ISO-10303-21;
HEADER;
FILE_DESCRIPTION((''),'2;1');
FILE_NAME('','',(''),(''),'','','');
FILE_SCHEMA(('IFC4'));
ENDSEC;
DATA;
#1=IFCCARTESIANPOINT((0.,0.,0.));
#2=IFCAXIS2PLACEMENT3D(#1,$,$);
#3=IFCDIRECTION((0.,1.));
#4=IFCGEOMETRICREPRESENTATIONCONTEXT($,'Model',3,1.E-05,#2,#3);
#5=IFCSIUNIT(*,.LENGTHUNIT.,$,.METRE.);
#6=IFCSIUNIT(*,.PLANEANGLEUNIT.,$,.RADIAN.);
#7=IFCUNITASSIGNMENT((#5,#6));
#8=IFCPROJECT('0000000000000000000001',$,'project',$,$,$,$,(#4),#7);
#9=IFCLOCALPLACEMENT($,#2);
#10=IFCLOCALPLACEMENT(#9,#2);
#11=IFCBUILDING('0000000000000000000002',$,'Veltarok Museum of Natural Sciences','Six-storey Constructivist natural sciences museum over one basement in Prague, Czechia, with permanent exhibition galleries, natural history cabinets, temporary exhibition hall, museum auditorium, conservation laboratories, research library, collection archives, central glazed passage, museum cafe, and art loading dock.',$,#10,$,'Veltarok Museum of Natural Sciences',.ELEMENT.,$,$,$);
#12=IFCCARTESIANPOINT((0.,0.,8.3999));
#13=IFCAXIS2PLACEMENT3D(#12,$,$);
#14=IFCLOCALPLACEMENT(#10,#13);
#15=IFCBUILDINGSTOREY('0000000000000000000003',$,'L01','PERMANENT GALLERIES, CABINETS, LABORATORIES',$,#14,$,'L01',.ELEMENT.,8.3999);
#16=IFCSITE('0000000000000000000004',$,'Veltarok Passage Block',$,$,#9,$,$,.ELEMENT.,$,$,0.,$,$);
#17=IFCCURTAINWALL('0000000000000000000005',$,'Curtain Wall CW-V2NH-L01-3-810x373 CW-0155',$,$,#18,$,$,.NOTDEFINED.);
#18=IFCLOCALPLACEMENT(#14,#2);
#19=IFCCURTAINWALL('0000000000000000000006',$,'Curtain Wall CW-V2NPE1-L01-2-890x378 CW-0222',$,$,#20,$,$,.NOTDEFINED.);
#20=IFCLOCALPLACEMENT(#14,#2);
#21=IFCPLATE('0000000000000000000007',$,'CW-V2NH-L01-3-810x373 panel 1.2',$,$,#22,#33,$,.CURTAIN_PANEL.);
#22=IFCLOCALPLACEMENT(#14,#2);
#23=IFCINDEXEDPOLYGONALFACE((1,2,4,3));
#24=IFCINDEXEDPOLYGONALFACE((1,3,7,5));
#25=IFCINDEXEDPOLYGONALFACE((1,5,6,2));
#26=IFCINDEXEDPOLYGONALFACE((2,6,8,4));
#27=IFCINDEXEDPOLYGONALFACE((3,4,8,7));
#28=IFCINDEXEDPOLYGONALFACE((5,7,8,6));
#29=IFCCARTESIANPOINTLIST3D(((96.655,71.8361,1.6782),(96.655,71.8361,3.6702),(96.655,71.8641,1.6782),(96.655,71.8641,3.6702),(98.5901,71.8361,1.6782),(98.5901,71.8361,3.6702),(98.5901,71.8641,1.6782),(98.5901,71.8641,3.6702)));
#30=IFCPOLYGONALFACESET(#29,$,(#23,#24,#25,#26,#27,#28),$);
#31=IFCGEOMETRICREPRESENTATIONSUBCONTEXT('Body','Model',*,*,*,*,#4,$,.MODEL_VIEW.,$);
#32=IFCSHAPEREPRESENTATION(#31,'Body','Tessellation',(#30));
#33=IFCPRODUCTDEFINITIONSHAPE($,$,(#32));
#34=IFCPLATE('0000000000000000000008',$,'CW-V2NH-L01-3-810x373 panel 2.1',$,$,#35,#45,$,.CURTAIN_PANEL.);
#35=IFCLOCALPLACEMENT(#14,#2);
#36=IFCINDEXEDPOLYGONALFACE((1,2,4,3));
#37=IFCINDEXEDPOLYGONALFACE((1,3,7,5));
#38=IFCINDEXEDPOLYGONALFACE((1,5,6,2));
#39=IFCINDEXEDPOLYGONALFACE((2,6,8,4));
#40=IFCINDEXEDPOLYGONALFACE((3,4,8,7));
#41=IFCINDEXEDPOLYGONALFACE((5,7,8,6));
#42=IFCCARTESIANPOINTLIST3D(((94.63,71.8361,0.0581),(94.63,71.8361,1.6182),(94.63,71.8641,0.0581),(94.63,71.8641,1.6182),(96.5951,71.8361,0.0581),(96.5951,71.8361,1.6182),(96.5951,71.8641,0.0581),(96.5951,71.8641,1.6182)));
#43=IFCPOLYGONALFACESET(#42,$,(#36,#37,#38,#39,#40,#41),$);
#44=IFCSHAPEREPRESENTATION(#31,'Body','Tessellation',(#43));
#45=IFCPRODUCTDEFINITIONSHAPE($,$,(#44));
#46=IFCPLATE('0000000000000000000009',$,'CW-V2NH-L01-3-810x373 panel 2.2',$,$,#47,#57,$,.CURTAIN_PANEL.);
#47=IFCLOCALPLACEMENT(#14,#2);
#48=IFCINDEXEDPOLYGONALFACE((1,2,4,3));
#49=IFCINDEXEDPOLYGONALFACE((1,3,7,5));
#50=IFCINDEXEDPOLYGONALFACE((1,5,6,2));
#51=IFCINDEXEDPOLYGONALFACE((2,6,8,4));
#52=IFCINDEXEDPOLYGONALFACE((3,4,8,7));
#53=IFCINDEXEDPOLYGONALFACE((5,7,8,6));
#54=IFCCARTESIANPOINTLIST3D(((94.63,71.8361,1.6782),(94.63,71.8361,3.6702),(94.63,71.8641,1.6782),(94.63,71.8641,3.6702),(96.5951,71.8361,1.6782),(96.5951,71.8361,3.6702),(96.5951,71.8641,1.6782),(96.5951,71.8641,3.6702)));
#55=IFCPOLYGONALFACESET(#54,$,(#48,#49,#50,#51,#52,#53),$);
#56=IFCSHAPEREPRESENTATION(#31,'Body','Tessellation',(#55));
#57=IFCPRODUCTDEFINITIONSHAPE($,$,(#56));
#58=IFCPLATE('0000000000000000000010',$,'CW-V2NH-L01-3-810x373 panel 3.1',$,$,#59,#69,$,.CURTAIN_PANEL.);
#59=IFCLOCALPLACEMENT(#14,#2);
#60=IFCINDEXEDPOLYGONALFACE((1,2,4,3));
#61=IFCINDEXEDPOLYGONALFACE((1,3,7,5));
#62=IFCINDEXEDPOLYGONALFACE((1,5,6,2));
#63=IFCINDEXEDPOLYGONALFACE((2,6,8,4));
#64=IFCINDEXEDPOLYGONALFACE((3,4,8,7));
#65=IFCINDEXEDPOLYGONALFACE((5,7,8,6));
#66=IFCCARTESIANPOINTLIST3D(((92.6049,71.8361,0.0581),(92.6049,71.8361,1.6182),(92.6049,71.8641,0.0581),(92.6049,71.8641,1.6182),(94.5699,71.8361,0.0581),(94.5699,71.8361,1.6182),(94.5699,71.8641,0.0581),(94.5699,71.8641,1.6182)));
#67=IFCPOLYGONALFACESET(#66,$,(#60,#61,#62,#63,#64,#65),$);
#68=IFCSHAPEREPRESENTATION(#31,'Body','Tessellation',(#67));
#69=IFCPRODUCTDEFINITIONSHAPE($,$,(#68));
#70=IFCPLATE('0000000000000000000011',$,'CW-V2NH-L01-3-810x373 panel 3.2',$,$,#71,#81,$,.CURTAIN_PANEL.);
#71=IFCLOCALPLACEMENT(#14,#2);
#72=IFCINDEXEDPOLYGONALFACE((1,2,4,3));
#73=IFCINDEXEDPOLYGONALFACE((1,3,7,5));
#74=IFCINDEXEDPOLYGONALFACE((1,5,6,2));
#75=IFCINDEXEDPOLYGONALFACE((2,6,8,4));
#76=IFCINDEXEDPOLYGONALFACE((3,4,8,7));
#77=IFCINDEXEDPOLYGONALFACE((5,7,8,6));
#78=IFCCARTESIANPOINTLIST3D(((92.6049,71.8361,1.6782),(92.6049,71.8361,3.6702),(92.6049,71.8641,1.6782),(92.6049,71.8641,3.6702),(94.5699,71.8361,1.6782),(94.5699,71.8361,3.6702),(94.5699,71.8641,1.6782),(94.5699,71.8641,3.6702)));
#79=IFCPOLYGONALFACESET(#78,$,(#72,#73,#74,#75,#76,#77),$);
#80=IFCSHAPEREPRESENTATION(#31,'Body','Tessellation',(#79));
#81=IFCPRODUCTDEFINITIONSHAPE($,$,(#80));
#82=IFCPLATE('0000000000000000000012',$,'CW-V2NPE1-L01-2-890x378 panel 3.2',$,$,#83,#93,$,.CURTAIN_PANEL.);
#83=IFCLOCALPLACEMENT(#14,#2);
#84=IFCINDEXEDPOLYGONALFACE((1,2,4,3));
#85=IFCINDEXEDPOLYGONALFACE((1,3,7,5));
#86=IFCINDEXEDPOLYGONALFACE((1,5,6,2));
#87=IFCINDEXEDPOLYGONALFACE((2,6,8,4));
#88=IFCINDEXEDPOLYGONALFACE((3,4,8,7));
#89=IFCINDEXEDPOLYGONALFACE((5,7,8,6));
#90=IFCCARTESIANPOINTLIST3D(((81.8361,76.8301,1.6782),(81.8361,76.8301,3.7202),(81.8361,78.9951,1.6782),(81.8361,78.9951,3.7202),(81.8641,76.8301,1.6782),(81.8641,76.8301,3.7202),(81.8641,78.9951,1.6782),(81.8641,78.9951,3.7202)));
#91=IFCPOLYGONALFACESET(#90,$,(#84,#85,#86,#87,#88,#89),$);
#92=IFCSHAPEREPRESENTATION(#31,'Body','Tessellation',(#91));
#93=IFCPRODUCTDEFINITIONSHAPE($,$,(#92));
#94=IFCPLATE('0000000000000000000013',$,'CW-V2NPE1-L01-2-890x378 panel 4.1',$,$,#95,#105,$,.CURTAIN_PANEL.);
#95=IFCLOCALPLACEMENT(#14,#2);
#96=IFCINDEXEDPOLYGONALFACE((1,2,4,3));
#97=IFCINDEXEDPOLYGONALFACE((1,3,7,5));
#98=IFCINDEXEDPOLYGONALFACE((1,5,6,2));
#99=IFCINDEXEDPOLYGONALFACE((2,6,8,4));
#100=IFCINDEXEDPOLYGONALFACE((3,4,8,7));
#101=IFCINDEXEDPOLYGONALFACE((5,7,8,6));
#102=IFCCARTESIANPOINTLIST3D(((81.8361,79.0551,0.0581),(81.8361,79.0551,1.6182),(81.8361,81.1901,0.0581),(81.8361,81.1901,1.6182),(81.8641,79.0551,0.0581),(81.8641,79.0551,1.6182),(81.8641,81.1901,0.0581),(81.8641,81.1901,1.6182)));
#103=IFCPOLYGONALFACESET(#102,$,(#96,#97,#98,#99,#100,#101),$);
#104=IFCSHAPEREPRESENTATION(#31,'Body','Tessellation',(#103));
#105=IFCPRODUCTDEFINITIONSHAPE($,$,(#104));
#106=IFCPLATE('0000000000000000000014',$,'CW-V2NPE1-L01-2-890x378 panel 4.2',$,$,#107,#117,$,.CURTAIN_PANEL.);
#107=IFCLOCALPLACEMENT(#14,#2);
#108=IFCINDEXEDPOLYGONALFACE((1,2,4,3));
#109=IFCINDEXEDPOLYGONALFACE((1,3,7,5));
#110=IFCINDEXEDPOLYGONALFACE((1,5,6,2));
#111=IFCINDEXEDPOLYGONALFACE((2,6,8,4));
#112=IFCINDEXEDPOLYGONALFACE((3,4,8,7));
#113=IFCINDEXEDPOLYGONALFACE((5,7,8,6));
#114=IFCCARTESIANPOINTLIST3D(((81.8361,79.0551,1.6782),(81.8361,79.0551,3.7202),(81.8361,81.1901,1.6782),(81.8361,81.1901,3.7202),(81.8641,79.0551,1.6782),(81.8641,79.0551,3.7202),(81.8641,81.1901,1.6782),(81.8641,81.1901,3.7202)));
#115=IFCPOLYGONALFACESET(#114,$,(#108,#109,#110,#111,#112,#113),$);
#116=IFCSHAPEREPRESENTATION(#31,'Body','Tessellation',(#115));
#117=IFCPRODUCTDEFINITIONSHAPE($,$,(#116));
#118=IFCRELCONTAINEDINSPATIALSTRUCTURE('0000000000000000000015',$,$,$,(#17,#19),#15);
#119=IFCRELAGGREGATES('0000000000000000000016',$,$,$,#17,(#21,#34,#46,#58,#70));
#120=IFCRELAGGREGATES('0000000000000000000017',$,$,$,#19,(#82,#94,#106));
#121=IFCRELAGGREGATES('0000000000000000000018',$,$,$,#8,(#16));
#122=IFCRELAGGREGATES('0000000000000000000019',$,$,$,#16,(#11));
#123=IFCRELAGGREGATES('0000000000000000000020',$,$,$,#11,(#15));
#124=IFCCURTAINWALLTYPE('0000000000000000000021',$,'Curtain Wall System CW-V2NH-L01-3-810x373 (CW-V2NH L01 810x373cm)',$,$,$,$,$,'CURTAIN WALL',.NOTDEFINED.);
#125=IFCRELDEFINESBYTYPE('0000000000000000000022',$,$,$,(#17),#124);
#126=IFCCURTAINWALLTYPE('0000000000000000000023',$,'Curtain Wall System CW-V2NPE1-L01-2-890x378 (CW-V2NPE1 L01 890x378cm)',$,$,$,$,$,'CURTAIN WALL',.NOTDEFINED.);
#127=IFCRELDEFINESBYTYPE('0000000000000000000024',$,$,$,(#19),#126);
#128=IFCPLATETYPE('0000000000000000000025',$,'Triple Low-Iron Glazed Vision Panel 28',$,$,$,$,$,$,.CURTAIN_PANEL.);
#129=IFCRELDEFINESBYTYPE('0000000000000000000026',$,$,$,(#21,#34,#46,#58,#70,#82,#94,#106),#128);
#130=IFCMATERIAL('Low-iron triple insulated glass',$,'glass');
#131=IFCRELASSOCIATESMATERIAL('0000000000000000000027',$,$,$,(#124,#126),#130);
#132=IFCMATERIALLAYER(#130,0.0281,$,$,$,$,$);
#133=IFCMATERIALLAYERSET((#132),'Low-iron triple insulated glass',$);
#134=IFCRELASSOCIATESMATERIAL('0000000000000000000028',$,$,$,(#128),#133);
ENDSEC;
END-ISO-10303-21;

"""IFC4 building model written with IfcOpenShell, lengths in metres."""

from ifc_helpers import new_model, si_unit, direction, frame, origin, origin_2d, place, context, subcontext, project, spatial, rectangle, extrude, material, layer, layer_set, type_object, element, aggregate, save


model = new_model("IFC4")

# Units and contexts
model_context = context("Model", 3, precision=1e-05, world=origin(), true_north=direction((0.0, 1.0)))
body_context = subcontext(model_context, "Body", "Model", "MODEL_VIEW")
ifc_project = project(units=[si_unit("LENGTHUNIT", "METRE"), si_unit("PLANEANGLEUNIT", "RADIAN")], contexts=[model_context])

# Site, building, storey
site_placement = place(None, origin())
site = spatial("IfcSite", under=ifc_project, at=site_placement, Name="Veltarok Passage Block", CompositionType="ELEMENT", RefElevation=0.0)
building_placement = place(site_placement, origin())
building = spatial("IfcBuilding", under=site, at=building_placement, Name="Veltarok Museum of Natural Sciences", Description="Six-storey Constructivist natural sciences museum over one basement in Prague, Czechia, with permanent exhibition galleries, natural history cabinets, temporary exhibition hall, museum auditorium, conservation laboratories, research library, collection archives, central glazed passage, museum cafe, and art loading dock.", LongName="Veltarok Museum of Natural Sciences", CompositionType="ELEMENT")
storey_placement = place(building_placement, frame((0.0, 0.0, 8.3999)))
storey = spatial("IfcBuildingStorey", under=building, at=storey_placement, Name="L01", Description="PERMANENT GALLERIES, CABINETS, LABORATORIES", LongName="L01", CompositionType="ELEMENT", Elevation=8.3999)

# Curtain walls
ifc_material_1 = material(Name="Low-iron triple insulated glass", Category="glass")
curtain_wall_type_1 = type_object("IfcCurtainWallType", Name="Curtain Wall System CW-V2NH-L01-3-810x373 (CW-V2NH L01 810x373cm)", ElementType="CURTAIN WALL", PredefinedType="NOTDEFINED", material=ifc_material_1)
curtain_wall_1_placement = place(storey_placement, origin())
curtain_wall_1 = element("IfcCurtainWall", 1, at=curtain_wall_1_placement, inside=storey, type_object=curtain_wall_type_1, Name="Curtain Wall CW-V2NH-L01-3-810x373 CW-0155", PredefinedType="NOTDEFINED")
curtain_wall_type_2 = type_object("IfcCurtainWallType", Name="Curtain Wall System CW-V2NPE1-L01-2-890x378 (CW-V2NPE1 L01 890x378cm)", ElementType="CURTAIN WALL", PredefinedType="NOTDEFINED", material=ifc_material_1)
curtain_wall_2_placement = place(storey_placement, origin())
curtain_wall_2 = element("IfcCurtainWall", 2, at=curtain_wall_2_placement, inside=storey, type_object=curtain_wall_type_2, Name="Curtain Wall CW-V2NPE1-L01-2-890x378 CW-0222", PredefinedType="NOTDEFINED")

# Plates
ifc_layer = layer(ifc_material_1, 0.0281)
ifc_layer_set = layer_set([ifc_layer], Name="Low-iron triple insulated glass")
plate_type = type_object("IfcPlateType", Name="Triple Low-Iron Glazed Vision Panel 28", PredefinedType="CURTAIN_PANEL", material=ifc_layer_set)
plate_1_placement = place(storey_placement, frame((97.6226, 71.8501, 1.6782), z_axis=(0.0, 0.0, 1.0), x_axis=(-1.0, 0.0, 0.0)))
plate_1 = element("IfcPlate", 3, at=plate_1_placement, type_object=plate_type, Name="CW-V2NH-L01-3-810x373 panel 1.2", PredefinedType="CURTAIN_PANEL", context=body_context, shape_type="SweptSolid", body=[
    extrude(rectangle(XDim=1.9351, YDim=0.0281, at=origin_2d()), origin(), (0.0, 0.0, 1.0), 1.9919),
])
plate_2_placement = place(storey_placement, frame((95.6125, 71.8501, 0.0581), z_axis=(0.0, 0.0, 1.0), x_axis=(-1.0, 0.0, 0.0)))
plate_2 = element("IfcPlate", 4, at=plate_2_placement, type_object=plate_type, Name="CW-V2NH-L01-3-810x373 panel 2.1", PredefinedType="CURTAIN_PANEL", context=body_context, shape_type="SweptSolid", body=[
    extrude(rectangle(XDim=1.9651, YDim=0.0281, at=origin_2d()), origin(), (0.0, 0.0, 1.0), 1.5601),
])
plate_3_placement = place(storey_placement, frame((95.6125, 71.8501, 1.6782), z_axis=(0.0, 0.0, 1.0), x_axis=(-1.0, 0.0, 0.0)))
plate_3 = element("IfcPlate", 5, at=plate_3_placement, type_object=plate_type, Name="CW-V2NH-L01-3-810x373 panel 2.2", PredefinedType="CURTAIN_PANEL", context=body_context, shape_type="SweptSolid", body=[
    extrude(rectangle(XDim=1.9651, YDim=0.0281, at=origin_2d()), origin(), (0.0, 0.0, 1.0), 1.9919),
])
plate_4_placement = place(storey_placement, frame((93.5874, 71.8501, 0.0581), z_axis=(0.0, 0.0, 1.0), x_axis=(-1.0, 0.0, 0.0)))
plate_4 = element("IfcPlate", 6, at=plate_4_placement, type_object=plate_type, Name="CW-V2NH-L01-3-810x373 panel 3.1", PredefinedType="CURTAIN_PANEL", context=body_context, shape_type="SweptSolid", body=[
    extrude(rectangle(XDim=1.9651, YDim=0.0281, at=origin_2d()), origin(), (0.0, 0.0, 1.0), 1.5601),
])
plate_5_placement = place(storey_placement, frame((93.5874, 71.8501, 1.6782), z_axis=(0.0, 0.0, 1.0), x_axis=(-1.0, 0.0, 0.0)))
plate_5 = element("IfcPlate", 7, at=plate_5_placement, type_object=plate_type, Name="CW-V2NH-L01-3-810x373 panel 3.2", PredefinedType="CURTAIN_PANEL", context=body_context, shape_type="SweptSolid", body=[
    extrude(rectangle(XDim=1.9651, YDim=0.0281, at=origin_2d()), origin(), (0.0, 0.0, 1.0), 1.9919),
])
aggregate(curtain_wall_1, [plate_1, plate_2, plate_3, plate_4, plate_5])
plate_6_placement = place(storey_placement, frame((81.8501, 77.9126, 1.6782), z_axis=(0.0, 0.0, 1.0), x_axis=(0.0, 1.0, 0.0)))
plate_6 = element("IfcPlate", 8, at=plate_6_placement, type_object=plate_type, Name="CW-V2NPE1-L01-2-890x378 panel 3.2", PredefinedType="CURTAIN_PANEL", context=body_context, shape_type="SweptSolid", body=[
    extrude(rectangle(XDim=2.165, YDim=0.0281, at=origin_2d()), origin(), (0.0, 0.0, 1.0), 2.042),
])
plate_7_placement = place(storey_placement, frame((81.8501, 80.1226, 0.0581), z_axis=(0.0, 0.0, 1.0), x_axis=(0.0, 1.0, 0.0)))
plate_7 = element("IfcPlate", 9, at=plate_7_placement, type_object=plate_type, Name="CW-V2NPE1-L01-2-890x378 panel 4.1", PredefinedType="CURTAIN_PANEL", context=body_context, shape_type="SweptSolid", body=[
    extrude(rectangle(XDim=2.135, YDim=0.0281, at=origin_2d()), origin(), (0.0, 0.0, 1.0), 1.5601),
])
plate_8_placement = place(storey_placement, frame((81.8501, 80.1226, 1.6782), z_axis=(0.0, 0.0, 1.0), x_axis=(0.0, 1.0, 0.0)))
plate_8 = element("IfcPlate", 10, at=plate_8_placement, type_object=plate_type, Name="CW-V2NPE1-L01-2-890x378 panel 4.2", PredefinedType="CURTAIN_PANEL", context=body_context, shape_type="SweptSolid", body=[
    extrude(rectangle(XDim=2.135, YDim=0.0281, at=origin_2d()), origin(), (0.0, 0.0, 1.0), 2.042),
])
aggregate(curtain_wall_2, [plate_6, plate_7, plate_8])

save(model, "model.ifc")
